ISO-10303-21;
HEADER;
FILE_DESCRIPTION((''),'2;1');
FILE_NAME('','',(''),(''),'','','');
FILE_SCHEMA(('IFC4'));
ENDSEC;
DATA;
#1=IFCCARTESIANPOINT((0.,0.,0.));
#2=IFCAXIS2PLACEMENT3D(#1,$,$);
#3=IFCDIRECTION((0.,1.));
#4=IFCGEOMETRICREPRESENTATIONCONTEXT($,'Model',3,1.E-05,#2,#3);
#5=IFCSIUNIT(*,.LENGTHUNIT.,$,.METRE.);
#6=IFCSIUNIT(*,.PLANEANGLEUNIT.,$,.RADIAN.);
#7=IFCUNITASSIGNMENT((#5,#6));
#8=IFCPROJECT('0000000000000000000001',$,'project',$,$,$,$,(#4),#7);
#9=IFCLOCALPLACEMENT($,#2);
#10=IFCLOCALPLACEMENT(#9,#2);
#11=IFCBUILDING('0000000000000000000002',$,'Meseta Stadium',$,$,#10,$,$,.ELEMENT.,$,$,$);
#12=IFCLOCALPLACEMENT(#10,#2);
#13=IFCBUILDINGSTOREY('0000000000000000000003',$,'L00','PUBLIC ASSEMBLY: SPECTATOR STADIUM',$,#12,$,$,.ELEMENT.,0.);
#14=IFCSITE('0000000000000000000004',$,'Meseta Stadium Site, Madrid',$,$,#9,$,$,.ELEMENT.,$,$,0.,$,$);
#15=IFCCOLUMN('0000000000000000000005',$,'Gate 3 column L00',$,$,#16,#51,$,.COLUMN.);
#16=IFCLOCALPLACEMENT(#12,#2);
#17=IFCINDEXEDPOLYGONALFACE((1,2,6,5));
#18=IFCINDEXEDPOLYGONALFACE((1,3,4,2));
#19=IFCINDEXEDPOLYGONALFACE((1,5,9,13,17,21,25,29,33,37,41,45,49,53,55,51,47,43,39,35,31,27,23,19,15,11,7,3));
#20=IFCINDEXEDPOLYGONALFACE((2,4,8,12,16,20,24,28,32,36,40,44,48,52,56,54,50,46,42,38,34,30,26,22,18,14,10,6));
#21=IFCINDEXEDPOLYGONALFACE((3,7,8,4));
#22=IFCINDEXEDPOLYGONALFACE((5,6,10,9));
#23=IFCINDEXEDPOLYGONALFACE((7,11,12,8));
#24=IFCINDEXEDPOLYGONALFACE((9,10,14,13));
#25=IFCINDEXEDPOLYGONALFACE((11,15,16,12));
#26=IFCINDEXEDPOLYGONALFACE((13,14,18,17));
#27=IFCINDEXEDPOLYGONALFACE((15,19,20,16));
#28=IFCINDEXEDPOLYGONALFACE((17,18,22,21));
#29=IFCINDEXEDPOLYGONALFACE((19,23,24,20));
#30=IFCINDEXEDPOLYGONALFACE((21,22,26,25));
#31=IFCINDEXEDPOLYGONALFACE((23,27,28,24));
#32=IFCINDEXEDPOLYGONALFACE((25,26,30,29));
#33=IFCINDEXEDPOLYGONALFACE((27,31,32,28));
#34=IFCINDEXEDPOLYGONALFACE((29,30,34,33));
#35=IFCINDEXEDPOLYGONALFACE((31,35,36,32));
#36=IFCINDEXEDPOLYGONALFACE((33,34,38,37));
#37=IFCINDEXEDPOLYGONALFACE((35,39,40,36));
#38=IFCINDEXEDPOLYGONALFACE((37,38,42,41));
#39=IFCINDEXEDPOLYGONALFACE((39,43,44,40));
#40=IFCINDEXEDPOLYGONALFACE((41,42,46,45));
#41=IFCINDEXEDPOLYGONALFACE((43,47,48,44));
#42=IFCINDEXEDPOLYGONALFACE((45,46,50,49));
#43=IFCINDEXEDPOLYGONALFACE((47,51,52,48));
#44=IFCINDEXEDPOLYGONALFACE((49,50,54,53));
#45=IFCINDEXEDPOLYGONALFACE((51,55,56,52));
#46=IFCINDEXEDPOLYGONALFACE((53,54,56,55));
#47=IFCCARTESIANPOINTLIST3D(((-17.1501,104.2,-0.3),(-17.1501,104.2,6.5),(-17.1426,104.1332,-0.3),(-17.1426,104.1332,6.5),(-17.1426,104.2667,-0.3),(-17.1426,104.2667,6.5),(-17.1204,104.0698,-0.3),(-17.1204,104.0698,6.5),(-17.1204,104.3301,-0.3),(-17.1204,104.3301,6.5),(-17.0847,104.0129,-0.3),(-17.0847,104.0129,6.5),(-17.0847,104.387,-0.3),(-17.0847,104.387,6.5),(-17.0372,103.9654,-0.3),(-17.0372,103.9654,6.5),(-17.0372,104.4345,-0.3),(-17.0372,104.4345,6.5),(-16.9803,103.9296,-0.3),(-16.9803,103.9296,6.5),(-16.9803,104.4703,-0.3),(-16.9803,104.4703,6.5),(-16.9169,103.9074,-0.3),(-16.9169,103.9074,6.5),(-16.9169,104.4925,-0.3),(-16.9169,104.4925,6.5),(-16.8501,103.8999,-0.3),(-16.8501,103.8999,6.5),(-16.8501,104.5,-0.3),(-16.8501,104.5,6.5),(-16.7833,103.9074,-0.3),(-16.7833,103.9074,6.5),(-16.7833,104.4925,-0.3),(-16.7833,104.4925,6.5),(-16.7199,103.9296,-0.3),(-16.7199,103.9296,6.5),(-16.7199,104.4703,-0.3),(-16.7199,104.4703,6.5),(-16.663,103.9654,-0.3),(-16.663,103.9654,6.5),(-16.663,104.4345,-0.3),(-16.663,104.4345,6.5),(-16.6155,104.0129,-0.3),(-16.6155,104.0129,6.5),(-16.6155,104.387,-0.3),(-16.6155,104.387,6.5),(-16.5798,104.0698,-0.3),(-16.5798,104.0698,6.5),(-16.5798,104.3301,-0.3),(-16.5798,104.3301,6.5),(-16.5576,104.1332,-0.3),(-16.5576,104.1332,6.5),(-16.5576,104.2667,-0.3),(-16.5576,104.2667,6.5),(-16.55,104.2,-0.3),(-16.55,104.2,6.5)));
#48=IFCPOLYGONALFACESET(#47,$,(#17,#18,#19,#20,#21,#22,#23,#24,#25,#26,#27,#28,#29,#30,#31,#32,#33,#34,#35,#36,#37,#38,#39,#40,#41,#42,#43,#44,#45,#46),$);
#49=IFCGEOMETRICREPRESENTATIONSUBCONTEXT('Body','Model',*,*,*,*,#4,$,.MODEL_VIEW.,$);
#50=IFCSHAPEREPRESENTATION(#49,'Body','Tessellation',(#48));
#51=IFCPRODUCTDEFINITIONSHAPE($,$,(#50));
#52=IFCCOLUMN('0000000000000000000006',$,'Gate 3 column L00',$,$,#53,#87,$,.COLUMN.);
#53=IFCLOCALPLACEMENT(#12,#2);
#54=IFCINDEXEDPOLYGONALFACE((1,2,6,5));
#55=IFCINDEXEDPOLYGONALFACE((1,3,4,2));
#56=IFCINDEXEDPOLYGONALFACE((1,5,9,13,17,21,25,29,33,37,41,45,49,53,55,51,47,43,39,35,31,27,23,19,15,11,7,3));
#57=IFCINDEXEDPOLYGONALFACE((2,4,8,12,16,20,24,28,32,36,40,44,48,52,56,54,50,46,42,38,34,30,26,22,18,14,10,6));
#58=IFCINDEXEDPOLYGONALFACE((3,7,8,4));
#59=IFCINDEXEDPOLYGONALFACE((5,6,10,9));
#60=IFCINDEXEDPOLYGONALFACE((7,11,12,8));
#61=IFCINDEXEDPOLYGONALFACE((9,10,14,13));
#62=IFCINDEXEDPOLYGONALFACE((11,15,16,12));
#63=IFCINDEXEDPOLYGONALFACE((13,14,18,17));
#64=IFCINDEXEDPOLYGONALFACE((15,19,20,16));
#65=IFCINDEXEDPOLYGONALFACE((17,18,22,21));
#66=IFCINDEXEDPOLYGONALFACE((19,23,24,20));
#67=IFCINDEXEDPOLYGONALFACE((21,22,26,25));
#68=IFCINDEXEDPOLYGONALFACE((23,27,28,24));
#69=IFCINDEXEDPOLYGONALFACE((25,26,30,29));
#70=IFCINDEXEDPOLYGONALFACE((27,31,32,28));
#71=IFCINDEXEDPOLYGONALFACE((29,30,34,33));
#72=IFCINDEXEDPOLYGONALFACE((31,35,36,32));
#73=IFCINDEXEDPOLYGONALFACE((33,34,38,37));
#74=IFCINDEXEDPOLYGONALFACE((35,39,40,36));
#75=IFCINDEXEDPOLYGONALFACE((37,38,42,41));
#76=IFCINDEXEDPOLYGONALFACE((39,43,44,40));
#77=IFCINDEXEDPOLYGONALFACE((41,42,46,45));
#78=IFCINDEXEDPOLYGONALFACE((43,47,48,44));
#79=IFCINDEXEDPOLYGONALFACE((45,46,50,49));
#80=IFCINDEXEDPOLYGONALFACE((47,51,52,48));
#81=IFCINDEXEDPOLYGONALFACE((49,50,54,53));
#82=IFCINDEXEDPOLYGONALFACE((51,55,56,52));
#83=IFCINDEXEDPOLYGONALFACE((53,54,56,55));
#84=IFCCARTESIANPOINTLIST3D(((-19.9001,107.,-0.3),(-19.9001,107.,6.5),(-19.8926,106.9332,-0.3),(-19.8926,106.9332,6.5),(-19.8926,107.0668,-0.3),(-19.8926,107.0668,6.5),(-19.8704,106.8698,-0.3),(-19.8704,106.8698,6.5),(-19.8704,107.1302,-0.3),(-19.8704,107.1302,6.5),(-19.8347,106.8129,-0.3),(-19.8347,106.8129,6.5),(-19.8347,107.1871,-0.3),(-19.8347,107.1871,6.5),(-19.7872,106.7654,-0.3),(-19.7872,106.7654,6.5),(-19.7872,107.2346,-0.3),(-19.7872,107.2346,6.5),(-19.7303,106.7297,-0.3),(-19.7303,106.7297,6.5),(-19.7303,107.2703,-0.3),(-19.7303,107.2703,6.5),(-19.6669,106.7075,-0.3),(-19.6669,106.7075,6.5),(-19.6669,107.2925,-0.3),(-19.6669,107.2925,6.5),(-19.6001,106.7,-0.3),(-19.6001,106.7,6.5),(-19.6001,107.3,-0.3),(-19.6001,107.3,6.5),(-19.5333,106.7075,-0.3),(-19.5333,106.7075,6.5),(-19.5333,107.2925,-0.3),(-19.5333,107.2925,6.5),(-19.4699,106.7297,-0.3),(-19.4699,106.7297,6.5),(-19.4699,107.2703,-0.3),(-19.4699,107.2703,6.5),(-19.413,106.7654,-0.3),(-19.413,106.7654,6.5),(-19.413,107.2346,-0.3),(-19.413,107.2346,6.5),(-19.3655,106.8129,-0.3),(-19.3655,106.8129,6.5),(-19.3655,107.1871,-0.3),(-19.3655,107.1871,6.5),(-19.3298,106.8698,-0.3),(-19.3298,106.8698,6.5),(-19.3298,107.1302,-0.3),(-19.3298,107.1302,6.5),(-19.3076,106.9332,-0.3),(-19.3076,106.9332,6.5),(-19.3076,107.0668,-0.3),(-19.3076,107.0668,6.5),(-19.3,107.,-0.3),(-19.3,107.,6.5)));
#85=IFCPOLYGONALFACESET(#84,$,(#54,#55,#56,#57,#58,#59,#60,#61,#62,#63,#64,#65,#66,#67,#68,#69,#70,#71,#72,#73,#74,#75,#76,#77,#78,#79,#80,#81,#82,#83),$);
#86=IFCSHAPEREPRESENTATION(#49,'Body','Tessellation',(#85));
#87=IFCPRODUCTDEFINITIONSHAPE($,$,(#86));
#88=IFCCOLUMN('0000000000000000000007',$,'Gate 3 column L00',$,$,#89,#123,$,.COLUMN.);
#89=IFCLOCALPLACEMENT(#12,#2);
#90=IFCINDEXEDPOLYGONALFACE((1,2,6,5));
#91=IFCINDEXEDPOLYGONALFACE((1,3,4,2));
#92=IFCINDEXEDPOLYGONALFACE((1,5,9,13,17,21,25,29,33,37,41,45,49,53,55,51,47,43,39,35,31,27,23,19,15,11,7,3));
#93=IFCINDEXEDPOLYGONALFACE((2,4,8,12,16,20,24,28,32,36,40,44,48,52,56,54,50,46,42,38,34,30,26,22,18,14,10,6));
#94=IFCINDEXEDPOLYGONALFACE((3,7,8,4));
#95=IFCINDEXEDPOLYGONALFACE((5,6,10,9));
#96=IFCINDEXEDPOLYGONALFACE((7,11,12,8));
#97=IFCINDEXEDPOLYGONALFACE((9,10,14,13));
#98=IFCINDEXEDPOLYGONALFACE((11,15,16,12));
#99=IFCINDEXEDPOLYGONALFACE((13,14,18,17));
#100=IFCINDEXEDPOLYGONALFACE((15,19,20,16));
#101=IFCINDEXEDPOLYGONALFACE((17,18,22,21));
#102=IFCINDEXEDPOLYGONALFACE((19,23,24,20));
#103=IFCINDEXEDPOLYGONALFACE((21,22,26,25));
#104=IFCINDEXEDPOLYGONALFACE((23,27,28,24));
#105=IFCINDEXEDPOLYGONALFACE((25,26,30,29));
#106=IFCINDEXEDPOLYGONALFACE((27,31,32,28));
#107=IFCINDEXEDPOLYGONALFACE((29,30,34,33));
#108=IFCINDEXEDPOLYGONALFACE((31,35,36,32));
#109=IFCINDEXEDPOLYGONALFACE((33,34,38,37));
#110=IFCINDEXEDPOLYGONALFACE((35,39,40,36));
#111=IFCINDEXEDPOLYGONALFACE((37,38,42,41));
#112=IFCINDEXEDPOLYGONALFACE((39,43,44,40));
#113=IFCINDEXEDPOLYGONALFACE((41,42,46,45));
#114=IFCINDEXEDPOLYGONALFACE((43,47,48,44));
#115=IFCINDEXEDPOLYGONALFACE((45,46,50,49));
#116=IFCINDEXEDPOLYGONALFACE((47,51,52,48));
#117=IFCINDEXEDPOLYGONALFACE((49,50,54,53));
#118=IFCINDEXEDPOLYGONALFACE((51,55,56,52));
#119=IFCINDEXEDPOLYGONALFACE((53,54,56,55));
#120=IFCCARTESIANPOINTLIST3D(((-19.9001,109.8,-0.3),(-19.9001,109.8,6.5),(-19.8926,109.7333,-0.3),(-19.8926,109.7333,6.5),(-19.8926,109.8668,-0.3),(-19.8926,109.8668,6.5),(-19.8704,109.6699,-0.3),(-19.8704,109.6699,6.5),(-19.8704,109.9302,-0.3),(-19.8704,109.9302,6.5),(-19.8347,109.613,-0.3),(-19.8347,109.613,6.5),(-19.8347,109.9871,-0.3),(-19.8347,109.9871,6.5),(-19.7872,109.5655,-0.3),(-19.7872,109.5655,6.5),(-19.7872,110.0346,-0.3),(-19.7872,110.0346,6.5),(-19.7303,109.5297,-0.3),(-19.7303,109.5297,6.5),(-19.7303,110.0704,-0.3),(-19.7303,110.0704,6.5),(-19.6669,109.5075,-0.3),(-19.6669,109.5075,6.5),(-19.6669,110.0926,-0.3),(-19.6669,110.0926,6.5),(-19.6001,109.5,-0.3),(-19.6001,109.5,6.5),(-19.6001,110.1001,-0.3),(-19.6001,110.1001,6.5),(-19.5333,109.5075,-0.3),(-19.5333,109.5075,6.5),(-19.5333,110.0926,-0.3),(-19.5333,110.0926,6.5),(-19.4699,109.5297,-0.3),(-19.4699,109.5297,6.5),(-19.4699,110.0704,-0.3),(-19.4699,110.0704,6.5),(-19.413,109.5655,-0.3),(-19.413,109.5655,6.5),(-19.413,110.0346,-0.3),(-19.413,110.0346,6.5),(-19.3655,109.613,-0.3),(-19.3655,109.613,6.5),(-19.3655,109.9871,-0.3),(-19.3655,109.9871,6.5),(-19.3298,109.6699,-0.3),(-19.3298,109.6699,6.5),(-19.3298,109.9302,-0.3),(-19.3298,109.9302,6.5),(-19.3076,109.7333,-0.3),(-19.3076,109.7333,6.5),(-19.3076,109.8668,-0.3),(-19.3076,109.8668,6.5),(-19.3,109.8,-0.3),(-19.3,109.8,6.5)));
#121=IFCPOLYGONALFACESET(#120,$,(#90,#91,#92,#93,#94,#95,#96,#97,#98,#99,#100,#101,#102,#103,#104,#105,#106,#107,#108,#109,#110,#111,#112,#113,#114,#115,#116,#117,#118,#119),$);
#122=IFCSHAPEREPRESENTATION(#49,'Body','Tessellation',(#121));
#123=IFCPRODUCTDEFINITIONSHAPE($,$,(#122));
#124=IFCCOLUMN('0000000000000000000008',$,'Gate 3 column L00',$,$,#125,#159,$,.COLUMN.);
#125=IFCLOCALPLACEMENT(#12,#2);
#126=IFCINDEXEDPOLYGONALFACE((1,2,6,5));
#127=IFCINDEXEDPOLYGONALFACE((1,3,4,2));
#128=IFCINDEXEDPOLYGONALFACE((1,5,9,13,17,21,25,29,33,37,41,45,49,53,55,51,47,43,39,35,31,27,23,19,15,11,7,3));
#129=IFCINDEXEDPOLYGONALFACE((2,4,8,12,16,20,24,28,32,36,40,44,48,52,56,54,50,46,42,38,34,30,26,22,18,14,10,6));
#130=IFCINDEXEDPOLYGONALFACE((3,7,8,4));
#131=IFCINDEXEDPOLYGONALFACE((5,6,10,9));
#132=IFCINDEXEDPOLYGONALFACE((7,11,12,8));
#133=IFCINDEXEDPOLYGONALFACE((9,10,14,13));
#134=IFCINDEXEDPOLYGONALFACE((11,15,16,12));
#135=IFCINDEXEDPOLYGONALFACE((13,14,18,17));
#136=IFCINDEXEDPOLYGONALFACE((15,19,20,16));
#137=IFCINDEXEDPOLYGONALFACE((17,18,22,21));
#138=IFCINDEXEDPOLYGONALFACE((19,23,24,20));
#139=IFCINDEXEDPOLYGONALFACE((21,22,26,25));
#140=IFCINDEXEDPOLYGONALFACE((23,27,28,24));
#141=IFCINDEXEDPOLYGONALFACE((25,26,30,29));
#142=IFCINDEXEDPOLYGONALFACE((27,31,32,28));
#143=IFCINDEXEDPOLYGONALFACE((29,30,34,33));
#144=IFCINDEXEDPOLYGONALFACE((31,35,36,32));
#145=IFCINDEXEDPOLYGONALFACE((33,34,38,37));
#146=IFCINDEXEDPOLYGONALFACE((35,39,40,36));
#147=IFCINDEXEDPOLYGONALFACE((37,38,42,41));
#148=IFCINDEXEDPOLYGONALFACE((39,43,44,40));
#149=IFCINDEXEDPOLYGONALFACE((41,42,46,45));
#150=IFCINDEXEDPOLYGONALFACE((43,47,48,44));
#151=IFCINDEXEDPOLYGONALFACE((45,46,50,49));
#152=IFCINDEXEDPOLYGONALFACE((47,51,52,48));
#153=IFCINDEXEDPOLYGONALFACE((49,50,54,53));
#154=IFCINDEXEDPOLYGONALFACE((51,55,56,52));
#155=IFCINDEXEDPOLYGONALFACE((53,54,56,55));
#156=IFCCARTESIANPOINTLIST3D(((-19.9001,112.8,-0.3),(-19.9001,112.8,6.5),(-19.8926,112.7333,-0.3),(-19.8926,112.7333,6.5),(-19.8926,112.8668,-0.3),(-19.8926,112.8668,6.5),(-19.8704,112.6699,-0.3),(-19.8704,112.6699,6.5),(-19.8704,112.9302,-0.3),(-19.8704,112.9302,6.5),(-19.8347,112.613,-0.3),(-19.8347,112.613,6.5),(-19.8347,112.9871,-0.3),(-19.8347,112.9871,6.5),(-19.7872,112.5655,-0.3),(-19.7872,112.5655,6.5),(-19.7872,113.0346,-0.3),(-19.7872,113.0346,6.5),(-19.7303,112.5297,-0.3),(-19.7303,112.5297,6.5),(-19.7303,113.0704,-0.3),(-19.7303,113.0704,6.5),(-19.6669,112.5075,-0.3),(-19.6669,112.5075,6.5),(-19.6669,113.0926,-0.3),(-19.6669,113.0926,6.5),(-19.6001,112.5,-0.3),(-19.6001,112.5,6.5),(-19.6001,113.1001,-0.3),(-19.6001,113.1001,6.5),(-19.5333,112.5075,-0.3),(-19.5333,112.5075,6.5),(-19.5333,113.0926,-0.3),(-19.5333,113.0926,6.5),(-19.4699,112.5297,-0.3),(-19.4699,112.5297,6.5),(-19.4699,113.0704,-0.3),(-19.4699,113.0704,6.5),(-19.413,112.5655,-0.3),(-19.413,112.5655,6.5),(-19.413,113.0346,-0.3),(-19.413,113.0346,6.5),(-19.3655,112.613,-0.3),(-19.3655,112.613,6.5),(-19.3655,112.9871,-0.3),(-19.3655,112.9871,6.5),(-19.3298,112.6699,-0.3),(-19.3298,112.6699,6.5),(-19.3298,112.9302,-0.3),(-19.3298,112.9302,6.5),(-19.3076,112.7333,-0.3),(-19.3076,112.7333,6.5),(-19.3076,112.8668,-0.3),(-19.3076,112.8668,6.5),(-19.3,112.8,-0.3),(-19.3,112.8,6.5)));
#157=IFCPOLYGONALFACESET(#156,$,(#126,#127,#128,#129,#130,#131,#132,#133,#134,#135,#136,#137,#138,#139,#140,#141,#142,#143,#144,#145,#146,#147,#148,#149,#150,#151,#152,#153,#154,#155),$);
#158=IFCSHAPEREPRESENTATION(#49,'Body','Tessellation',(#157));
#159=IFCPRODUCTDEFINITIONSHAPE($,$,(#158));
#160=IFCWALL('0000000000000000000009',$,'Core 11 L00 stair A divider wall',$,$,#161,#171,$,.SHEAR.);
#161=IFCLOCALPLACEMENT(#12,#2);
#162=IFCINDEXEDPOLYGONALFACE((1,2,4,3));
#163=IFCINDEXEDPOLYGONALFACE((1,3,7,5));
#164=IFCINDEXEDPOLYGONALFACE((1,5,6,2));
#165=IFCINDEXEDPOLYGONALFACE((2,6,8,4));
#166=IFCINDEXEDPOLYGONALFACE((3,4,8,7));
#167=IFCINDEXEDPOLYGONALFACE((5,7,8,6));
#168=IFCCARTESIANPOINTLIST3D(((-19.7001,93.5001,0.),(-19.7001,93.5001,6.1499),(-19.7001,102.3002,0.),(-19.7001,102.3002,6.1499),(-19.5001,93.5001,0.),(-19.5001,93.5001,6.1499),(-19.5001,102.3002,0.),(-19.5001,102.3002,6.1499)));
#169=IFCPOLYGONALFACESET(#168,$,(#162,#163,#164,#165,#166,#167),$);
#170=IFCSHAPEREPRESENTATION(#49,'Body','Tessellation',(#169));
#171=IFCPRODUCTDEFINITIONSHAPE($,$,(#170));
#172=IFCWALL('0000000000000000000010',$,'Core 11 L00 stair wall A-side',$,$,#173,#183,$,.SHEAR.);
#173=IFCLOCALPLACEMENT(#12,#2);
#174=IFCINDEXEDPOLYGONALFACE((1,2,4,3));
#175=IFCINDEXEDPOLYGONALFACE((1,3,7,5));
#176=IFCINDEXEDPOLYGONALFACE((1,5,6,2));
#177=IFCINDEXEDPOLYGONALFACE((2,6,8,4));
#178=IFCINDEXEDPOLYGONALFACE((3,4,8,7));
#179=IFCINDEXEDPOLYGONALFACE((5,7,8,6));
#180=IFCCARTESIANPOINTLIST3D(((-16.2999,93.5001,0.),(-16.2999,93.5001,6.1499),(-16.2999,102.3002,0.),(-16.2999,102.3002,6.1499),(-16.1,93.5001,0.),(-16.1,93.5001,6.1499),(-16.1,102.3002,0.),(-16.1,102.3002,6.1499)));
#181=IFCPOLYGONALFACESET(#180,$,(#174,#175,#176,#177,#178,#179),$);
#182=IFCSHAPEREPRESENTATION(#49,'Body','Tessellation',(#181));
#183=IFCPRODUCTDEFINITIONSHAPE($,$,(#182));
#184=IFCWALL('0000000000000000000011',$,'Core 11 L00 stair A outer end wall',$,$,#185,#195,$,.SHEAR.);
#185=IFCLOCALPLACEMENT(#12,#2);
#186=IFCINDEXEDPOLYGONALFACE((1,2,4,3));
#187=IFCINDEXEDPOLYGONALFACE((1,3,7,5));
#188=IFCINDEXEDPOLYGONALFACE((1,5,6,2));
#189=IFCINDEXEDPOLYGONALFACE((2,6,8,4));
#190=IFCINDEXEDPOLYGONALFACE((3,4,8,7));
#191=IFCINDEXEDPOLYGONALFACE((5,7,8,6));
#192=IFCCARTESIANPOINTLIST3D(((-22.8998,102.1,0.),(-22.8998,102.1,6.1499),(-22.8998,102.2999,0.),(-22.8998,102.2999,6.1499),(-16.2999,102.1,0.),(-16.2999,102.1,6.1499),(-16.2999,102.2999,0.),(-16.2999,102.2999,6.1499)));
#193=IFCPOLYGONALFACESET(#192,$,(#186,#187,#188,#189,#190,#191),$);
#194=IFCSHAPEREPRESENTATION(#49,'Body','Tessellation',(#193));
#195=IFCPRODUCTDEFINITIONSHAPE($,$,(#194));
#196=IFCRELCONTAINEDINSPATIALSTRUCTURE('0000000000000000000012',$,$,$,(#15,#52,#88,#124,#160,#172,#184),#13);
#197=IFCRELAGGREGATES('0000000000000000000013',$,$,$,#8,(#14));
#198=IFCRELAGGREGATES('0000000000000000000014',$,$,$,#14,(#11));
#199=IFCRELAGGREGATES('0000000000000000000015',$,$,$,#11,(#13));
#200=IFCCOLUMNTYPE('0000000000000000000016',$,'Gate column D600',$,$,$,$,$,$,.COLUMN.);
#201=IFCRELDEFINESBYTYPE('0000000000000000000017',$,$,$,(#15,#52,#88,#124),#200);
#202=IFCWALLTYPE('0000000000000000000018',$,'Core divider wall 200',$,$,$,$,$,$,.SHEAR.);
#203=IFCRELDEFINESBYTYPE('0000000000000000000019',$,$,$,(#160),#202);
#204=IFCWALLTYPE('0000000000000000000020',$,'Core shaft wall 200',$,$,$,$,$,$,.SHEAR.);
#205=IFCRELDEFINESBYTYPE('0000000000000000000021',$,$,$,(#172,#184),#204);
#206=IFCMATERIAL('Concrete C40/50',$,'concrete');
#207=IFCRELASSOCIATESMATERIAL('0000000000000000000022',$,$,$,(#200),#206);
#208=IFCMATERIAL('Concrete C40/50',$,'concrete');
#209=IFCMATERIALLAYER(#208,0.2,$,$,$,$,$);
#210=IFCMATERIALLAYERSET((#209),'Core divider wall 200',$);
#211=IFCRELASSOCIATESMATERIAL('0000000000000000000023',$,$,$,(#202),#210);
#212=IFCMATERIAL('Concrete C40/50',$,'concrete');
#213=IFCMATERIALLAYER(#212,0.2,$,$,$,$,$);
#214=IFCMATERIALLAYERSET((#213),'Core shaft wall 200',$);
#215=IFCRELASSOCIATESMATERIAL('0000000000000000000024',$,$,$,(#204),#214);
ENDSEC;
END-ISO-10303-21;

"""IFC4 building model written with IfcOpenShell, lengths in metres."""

from ifc_helpers import new_model, si_unit, direction, frame, frame_2d, origin, origin_2d, place, context, subcontext, project, spatial, rectangle, circle, extrude, material, layer, layer_set, material_profile, profile_set, type_object, element, save


model = new_model("IFC4")

# Units and contexts
model_context = context("Model", 3, precision=1e-05, world=origin(), true_north=direction((0.0, 1.0)))
body_context = subcontext(model_context, "Body", "Model", "MODEL_VIEW")
ifc_project = project(units=[si_unit("LENGTHUNIT", "METRE"), si_unit("PLANEANGLEUNIT", "RADIAN")], contexts=[model_context])

# Site, building, storey
site_placement = place(None, origin())
site = spatial("IfcSite", under=ifc_project, at=site_placement, Name="Meseta Stadium Site, Madrid", CompositionType="ELEMENT", RefElevation=0.0)
building_placement = place(site_placement, origin())
building = spatial("IfcBuilding", under=site, at=building_placement, Name="Meseta Stadium", CompositionType="ELEMENT")
storey_placement = place(building_placement, origin())
storey = spatial("IfcBuildingStorey", under=building, at=storey_placement, Name="L00", Description="PUBLIC ASSEMBLY: SPECTATOR STADIUM", CompositionType="ELEMENT", Elevation=0.0)

# Columns
ifc_material_1 = material(Name="Concrete C40/50", Category="concrete")
ifc_material_profile = material_profile(ifc_material_1, circle(Radius=0.3, at=origin_2d()), Name="RC D600")
ifc_profile_set = profile_set([ifc_material_profile], Name="Concrete C40/50")
column_type = type_object("IfcColumnType", Name="Gate column D600", PredefinedType="COLUMN", material=ifc_profile_set)
for number, where, z_axis, x_axis, name in (
    (1, (-16.8501, 104.2, -0.3), (0.0, 0.0, 1.0), (1.0, 0.0, 0.0), "Gate 3 column L00"),
    (2, (-19.6001, 107.0, -0.3), (0.0, 0.0, 1.0), (1.0, 0.0, 0.0), "Gate 3 column L00"),
    (3, (-19.6001, 109.8, -0.3), (0.0, 0.0, 1.0), (1.0, 0.0, 0.0), "Gate 3 column L00"),
    (4, (-19.6001, 112.8, -0.3), (0.0, 0.0, 1.0), (1.0, 0.0, 0.0), "Gate 3 column L00"),
):
    element("IfcColumn", number, at=place(storey_placement, frame(where, z_axis=z_axis, x_axis=x_axis)), inside=storey, type_object=column_type, Name=name, PredefinedType="COLUMN", context=body_context, shape_type="SweptSolid", body=[
        extrude(circle(Radius=0.3, at=origin_2d()), origin(), (0.0, 0.0, 1.0), 6.8),
    ])

# Walls
ifc_material_2 = material(Name="Concrete C40/50", Category="concrete")
ifc_layer_1 = layer(ifc_material_2, 0.2)
ifc_layer_set_1 = layer_set([ifc_layer_1], Name="Core divider wall 200")
wall_type_1 = type_object("IfcWallType", Name="Core divider wall 200", PredefinedType="SHEAR", material=ifc_layer_set_1)
wall_1_placement = place(storey_placement, frame((-19.6001, 102.3, 0.0), z_axis=(0.0, 0.0, 1.0), x_axis=(0.0, -1.0, 0.0)))
element("IfcWall", 5, at=wall_1_placement, inside=storey, type_object=wall_type_1, Name="Core 11 L00 stair A divider wall", PredefinedType="SHEAR", context=body_context, shape_type="SweptSolid", body=[
    extrude(rectangle(XDim=8.8, YDim=0.2, at=frame_2d((4.3999, 0.0))), origin(), (0.0, 0.0, 1.0), 6.1499),
])
ifc_material_3 = material(Name="Concrete C40/50", Category="concrete")
ifc_layer_2 = layer(ifc_material_3, 0.2)
ifc_layer_set_2 = layer_set([ifc_layer_2], Name="Core shaft wall 200")
wall_type_2 = type_object("IfcWallType", Name="Core shaft wall 200", PredefinedType="SHEAR", material=ifc_layer_set_2)
wall_2_placement = place(storey_placement, frame((-16.2, 102.3, 0.0), z_axis=(0.0, 0.0, 1.0), x_axis=(0.0, -1.0, 0.0)))
element("IfcWall", 6, at=wall_2_placement, inside=storey, type_object=wall_type_2, Name="Core 11 L00 stair wall A-side", PredefinedType="SHEAR", context=body_context, shape_type="SweptSolid", body=[
    extrude(rectangle(XDim=8.8, YDim=0.2, at=frame_2d((4.3999, 0.0))), origin(), (0.0, 0.0, 1.0), 6.1499),
])
wall_3_placement = place(storey_placement, frame((-16.3, 102.2, 0.0), z_axis=(0.0, 0.0, 1.0), x_axis=(-1.0, 0.0, 0.0)))
element("IfcWall", 7, at=wall_3_placement, inside=storey, type_object=wall_type_2, Name="Core 11 L00 stair A outer end wall", PredefinedType="SHEAR", context=body_context, shape_type="SweptSolid", body=[
    extrude(rectangle(XDim=6.5999, YDim=0.2, at=frame_2d((3.2998, 0.0))), origin(), (0.0, 0.0, 1.0), 6.1499),
])

save(model, "model.ifc")
